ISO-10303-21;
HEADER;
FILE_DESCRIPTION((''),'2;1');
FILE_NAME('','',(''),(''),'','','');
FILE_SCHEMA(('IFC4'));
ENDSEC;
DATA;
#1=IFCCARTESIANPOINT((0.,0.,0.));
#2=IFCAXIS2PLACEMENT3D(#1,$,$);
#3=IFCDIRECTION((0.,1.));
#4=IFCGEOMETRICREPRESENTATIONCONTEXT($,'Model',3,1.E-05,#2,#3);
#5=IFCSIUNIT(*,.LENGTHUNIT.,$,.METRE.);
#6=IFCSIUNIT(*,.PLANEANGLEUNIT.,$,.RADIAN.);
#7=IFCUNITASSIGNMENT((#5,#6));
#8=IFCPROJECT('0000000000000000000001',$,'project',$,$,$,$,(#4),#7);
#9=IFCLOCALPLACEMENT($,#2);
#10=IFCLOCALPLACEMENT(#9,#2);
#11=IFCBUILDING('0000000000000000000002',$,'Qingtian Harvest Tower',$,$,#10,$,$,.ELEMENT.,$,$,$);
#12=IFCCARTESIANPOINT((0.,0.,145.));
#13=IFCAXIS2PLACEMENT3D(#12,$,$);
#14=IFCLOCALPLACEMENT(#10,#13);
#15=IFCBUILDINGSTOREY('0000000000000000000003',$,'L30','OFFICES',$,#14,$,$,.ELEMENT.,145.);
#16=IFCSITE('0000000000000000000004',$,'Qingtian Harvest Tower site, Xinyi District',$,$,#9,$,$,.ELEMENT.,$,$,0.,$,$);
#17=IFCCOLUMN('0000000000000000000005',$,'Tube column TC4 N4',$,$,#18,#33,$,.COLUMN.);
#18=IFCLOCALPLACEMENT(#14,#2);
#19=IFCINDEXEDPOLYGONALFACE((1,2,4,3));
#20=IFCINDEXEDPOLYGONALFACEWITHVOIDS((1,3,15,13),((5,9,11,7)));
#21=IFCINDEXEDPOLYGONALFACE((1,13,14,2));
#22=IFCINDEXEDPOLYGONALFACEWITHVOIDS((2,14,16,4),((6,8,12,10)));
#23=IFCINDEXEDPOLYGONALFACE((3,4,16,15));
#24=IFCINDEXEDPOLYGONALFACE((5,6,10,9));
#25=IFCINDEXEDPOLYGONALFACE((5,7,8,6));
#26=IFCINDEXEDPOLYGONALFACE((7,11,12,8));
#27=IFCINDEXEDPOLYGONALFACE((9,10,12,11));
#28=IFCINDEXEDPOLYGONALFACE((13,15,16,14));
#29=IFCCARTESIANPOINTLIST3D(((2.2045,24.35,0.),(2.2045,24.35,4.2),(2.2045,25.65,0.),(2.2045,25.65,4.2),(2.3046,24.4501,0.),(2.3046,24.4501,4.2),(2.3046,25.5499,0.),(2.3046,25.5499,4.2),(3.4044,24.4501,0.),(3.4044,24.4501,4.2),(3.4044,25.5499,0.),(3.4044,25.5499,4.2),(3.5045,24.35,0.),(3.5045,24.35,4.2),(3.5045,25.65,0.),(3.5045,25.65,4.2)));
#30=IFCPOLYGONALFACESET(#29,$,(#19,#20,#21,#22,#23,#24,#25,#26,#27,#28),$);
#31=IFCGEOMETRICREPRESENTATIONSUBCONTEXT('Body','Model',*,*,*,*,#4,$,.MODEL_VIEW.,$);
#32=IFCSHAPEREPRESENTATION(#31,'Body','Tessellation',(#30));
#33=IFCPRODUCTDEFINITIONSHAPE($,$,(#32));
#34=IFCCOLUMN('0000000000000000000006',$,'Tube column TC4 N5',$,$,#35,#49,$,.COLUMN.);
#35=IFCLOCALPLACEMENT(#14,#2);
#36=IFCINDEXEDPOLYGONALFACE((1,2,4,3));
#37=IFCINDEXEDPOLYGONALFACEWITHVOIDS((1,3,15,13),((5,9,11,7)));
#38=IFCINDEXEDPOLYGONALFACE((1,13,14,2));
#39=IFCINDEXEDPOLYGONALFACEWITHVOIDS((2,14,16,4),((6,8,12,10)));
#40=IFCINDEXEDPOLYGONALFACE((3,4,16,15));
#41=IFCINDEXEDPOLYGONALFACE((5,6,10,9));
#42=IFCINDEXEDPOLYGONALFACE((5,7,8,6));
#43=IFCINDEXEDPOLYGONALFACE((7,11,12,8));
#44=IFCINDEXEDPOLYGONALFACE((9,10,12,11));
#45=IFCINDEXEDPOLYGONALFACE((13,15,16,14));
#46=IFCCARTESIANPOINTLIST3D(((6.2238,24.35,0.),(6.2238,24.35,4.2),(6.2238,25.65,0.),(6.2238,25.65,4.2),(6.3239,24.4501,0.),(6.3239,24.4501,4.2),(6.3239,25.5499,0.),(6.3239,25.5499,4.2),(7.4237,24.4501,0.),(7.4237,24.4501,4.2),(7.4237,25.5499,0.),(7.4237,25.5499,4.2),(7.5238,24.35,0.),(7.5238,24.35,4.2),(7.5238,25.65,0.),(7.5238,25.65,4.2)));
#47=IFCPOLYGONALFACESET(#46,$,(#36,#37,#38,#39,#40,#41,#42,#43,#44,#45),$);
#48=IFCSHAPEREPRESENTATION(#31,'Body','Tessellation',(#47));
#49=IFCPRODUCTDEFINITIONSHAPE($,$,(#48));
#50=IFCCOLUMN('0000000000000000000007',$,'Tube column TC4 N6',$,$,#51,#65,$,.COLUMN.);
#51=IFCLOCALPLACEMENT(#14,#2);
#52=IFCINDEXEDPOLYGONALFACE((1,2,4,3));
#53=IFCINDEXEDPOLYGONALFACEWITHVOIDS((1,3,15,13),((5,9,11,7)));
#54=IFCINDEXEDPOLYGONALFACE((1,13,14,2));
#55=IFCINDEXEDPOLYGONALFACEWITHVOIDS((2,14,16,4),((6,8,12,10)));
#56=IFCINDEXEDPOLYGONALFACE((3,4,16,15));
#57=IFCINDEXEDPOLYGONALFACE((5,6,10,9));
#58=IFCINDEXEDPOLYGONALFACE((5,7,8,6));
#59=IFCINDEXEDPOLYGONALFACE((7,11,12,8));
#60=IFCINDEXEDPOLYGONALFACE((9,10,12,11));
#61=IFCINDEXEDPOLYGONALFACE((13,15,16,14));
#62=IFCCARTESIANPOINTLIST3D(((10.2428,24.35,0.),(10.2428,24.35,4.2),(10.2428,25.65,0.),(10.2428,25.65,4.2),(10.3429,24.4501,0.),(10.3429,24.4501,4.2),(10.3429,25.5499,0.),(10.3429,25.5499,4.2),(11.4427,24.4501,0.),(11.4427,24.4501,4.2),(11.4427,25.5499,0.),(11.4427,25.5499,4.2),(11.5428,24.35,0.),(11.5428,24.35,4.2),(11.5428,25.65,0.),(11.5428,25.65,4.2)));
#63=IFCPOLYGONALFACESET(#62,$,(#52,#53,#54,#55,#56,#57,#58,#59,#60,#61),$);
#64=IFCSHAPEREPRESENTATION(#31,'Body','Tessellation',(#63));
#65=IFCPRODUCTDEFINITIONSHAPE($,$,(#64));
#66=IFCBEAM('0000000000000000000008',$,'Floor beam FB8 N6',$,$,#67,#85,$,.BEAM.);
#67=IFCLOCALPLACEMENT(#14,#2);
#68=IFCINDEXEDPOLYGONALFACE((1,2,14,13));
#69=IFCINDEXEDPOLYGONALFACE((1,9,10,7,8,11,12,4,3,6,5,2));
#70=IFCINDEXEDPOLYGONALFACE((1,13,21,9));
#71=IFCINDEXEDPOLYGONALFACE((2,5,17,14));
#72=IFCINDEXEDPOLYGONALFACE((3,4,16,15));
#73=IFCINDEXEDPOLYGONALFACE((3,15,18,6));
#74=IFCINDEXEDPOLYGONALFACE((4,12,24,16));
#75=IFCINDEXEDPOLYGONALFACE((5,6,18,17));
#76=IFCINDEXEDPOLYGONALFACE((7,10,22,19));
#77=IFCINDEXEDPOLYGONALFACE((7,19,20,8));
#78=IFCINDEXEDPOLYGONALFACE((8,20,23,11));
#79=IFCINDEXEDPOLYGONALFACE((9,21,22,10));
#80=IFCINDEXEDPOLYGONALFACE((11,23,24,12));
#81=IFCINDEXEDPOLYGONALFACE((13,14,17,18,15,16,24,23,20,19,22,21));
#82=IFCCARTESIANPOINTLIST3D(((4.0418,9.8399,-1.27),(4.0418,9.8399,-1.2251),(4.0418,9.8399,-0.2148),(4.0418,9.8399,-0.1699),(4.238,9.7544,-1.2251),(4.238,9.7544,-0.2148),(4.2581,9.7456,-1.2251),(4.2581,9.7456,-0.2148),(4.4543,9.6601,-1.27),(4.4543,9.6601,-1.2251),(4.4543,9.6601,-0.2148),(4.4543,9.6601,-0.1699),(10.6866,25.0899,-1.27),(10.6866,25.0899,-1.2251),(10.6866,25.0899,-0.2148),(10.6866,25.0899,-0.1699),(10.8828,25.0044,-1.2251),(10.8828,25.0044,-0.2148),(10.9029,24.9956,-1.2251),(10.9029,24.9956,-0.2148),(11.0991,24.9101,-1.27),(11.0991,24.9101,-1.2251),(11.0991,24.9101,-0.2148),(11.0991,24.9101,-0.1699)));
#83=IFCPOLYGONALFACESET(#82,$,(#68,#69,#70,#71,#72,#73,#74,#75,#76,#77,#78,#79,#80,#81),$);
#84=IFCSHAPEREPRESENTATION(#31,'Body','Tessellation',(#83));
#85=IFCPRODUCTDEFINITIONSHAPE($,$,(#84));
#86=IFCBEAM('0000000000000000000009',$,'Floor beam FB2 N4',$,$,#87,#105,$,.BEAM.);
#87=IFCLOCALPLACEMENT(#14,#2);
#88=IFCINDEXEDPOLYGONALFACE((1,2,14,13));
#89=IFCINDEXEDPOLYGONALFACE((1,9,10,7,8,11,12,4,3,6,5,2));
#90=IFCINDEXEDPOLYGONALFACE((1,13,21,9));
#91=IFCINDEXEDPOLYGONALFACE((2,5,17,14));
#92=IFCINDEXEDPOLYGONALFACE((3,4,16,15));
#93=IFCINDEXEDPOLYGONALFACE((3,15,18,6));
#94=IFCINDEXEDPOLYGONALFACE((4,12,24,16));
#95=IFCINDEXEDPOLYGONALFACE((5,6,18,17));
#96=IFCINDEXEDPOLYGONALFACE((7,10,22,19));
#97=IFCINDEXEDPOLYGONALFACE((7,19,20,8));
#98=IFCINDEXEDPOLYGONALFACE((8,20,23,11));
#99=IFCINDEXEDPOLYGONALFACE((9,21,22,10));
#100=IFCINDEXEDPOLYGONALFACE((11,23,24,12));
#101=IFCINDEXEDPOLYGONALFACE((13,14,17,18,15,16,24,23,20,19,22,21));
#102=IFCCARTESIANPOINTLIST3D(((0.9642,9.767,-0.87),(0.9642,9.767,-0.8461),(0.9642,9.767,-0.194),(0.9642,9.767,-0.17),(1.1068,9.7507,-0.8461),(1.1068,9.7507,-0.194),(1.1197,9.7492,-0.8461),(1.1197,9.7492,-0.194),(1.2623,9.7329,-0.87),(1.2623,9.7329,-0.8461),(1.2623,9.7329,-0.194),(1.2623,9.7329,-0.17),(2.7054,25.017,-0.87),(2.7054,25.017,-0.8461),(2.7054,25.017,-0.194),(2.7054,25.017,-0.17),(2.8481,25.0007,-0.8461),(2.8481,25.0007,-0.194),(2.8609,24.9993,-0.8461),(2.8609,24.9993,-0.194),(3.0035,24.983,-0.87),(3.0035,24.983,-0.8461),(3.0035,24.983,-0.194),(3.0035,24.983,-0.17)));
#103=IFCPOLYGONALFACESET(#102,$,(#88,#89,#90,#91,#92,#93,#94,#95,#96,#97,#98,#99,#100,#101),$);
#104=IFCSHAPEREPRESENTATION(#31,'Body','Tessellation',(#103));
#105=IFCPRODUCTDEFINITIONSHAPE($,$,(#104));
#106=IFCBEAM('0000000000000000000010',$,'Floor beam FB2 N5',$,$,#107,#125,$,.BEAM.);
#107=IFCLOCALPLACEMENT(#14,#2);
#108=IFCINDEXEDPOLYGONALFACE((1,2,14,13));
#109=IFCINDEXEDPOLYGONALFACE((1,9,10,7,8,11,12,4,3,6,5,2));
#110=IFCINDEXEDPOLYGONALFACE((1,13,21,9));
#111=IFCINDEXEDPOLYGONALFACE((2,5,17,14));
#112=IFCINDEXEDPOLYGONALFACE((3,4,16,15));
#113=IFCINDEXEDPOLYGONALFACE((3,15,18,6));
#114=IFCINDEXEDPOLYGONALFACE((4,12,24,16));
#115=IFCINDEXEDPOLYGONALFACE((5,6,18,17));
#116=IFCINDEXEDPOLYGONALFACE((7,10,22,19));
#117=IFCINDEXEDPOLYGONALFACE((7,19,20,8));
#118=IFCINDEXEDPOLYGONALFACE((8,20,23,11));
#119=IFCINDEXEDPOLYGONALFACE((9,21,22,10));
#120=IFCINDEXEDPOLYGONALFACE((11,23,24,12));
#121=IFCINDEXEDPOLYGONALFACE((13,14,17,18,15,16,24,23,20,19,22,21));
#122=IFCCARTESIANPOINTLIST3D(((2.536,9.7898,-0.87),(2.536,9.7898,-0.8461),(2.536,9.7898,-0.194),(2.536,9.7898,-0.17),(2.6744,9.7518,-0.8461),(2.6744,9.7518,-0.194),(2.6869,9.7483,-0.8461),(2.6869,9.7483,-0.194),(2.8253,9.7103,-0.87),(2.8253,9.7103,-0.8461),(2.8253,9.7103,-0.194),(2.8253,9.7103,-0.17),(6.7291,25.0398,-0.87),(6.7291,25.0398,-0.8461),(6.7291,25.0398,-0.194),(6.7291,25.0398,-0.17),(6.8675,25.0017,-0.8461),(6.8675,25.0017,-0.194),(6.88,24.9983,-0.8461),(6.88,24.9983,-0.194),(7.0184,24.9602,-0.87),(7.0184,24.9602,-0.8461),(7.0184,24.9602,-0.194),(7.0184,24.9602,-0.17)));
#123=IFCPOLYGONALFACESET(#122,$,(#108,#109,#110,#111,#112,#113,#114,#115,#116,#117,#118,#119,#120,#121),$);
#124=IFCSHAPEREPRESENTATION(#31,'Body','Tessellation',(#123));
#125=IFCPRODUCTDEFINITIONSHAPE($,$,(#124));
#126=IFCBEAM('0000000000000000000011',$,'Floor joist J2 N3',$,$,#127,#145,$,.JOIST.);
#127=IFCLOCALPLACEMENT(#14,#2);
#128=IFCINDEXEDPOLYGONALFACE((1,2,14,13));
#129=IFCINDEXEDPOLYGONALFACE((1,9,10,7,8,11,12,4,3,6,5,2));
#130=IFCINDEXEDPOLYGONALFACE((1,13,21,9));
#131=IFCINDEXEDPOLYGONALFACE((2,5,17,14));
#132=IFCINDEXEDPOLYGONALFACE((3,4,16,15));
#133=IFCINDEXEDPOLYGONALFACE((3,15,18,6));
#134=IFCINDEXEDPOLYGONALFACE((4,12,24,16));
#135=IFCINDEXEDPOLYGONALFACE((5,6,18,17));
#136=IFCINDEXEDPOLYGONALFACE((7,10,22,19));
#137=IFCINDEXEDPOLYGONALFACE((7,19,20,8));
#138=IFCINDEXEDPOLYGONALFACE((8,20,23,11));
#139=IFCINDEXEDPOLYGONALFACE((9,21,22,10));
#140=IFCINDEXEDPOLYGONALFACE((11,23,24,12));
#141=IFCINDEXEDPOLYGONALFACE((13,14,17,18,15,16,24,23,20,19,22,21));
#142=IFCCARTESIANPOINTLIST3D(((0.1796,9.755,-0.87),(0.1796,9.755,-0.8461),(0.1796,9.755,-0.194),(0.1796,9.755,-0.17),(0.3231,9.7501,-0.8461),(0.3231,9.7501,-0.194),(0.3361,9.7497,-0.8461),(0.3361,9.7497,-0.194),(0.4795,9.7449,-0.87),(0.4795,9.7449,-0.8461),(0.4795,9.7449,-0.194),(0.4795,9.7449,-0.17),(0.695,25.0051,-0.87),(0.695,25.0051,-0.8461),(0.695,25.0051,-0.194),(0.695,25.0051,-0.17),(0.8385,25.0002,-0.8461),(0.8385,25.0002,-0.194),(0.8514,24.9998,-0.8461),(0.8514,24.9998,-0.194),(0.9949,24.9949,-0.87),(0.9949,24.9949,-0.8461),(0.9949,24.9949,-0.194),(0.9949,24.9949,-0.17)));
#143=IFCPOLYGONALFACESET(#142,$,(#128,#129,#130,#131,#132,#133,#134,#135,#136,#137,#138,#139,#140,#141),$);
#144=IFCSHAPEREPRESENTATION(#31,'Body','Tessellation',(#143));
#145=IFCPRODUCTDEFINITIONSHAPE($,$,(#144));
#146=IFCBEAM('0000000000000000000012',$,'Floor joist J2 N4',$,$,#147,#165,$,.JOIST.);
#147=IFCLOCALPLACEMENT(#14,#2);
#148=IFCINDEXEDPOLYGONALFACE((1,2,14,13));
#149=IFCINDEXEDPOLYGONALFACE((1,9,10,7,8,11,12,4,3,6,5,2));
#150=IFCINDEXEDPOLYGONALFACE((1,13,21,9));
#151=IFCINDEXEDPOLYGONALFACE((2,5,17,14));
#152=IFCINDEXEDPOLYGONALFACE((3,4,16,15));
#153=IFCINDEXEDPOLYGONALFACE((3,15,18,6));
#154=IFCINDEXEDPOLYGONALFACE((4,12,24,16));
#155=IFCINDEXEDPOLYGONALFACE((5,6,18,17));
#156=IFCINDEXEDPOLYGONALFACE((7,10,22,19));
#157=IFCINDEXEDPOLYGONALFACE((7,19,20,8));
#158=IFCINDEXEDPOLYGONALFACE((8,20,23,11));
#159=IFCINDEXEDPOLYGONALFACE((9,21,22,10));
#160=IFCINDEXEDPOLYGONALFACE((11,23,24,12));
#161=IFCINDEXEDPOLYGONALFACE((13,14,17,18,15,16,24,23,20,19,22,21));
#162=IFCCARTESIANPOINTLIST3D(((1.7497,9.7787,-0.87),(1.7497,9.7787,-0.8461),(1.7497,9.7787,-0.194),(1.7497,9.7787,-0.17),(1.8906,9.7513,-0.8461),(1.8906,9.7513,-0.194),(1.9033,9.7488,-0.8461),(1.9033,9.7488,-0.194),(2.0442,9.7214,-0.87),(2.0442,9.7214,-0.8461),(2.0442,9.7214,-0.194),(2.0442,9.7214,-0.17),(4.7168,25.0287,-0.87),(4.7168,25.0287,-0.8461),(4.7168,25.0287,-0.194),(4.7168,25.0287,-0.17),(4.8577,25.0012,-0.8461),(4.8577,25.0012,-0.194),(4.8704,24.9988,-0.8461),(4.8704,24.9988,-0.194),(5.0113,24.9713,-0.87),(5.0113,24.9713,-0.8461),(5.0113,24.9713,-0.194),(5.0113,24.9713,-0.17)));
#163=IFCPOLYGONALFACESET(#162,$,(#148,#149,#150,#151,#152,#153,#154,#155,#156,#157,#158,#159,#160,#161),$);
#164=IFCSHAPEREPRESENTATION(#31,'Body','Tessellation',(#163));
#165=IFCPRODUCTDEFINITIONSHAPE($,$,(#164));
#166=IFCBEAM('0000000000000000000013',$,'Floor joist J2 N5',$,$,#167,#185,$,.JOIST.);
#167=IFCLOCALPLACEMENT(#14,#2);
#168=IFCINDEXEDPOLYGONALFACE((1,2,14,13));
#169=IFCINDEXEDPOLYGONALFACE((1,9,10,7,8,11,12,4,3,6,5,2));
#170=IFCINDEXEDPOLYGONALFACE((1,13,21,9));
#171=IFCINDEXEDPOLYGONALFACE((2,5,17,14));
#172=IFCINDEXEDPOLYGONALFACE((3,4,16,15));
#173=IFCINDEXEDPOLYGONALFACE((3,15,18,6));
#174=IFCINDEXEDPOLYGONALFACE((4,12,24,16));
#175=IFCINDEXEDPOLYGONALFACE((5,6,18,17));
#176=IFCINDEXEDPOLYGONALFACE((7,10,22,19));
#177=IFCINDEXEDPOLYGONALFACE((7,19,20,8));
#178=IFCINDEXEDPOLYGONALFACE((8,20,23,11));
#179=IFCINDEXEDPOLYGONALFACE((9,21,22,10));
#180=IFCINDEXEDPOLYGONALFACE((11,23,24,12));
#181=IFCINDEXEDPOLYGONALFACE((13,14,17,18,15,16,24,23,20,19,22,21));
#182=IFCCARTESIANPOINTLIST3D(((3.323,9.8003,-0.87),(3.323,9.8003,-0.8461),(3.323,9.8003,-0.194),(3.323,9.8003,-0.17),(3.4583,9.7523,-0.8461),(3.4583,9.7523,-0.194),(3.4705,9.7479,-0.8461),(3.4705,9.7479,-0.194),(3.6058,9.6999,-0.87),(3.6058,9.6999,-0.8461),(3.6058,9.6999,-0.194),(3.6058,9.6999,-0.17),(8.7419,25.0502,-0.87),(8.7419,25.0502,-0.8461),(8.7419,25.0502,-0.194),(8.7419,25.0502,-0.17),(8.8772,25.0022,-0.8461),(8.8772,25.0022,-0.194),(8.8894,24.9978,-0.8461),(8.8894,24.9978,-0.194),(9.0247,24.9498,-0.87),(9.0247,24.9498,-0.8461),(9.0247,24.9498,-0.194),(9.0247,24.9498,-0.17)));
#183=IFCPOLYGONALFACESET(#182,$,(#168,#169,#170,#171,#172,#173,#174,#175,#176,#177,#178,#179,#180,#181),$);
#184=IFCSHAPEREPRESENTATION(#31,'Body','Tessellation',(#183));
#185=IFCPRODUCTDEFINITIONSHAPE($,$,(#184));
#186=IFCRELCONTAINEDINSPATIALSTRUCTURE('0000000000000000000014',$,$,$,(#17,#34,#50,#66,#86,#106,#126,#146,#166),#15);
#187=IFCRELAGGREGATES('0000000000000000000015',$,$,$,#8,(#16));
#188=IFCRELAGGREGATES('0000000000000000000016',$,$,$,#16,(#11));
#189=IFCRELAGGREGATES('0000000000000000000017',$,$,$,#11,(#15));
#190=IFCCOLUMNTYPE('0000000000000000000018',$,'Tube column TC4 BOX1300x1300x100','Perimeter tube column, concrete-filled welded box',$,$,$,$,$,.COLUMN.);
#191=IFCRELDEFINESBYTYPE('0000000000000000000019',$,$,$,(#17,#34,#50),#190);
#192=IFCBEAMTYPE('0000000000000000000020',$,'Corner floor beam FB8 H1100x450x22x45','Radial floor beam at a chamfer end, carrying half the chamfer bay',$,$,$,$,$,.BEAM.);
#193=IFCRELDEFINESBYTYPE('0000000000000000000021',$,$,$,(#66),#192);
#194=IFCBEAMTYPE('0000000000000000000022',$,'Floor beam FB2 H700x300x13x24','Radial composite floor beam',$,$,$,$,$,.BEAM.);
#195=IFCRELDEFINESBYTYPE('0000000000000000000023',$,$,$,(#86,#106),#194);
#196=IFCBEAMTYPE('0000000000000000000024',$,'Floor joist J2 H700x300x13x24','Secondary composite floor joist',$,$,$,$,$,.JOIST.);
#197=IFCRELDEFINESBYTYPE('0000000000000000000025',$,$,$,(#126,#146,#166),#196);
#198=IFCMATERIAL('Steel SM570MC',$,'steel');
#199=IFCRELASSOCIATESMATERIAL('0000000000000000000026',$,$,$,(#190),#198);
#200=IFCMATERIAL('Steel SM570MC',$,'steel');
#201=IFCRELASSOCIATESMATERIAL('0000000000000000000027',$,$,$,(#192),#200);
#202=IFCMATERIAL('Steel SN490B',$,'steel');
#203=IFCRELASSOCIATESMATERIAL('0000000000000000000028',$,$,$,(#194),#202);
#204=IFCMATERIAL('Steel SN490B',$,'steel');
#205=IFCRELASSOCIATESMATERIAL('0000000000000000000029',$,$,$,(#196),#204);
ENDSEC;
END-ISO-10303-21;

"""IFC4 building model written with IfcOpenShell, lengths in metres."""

from ifc_helpers import new_model, si_unit, direction, frame, origin, origin_2d, place, context, subcontext, project, spatial, hollow_rectangle, i_section, extrude, material, material_profile, profile_set, type_object, element, save


model = new_model("IFC4")

# Units and contexts
model_context = context("Model", 3, precision=1e-05, world=origin(), true_north=direction((0.0, 1.0)))
body_context = subcontext(model_context, "Body", "Model", "MODEL_VIEW")
ifc_project = project(units=[si_unit("LENGTHUNIT", "METRE"), si_unit("PLANEANGLEUNIT", "RADIAN")], contexts=[model_context])

# Site, building, storey
site_placement = place(None, origin())
site = spatial("IfcSite", under=ifc_project, at=site_placement, Name="Qingtian Harvest Tower site, Xinyi District", CompositionType="ELEMENT", RefElevation=0.0)
building_placement = place(site_placement, origin())
building = spatial("IfcBuilding", under=site, at=building_placement, Name="Qingtian Harvest Tower", CompositionType="ELEMENT")
storey_placement = place(building_placement, frame((0.0, 0.0, 145.0)))
storey = spatial("IfcBuildingStorey", under=building, at=storey_placement, Name="L30", Description="OFFICES", CompositionType="ELEMENT", Elevation=145.0)

# Columns
ifc_material_1 = material(Name="Steel SM570MC", Category="steel")
ifc_material_profile_1 = material_profile(ifc_material_1, hollow_rectangle(XDim=1.3, YDim=1.3, WallThickness=0.1001, at=origin_2d()), Name="BOX1300x1300x100")
ifc_profile_set_1 = profile_set([ifc_material_profile_1], Name="Steel SM570MC")
column_type = type_object("IfcColumnType", Name="Tube column TC4 BOX1300x1300x100", Description="Perimeter tube column, concrete-filled welded box", PredefinedType="COLUMN", material=ifc_profile_set_1)
for number, where, z_axis, x_axis, name in (
    (1, (2.8545, 25.0, 0.0), (0.0, 0.0, 1.0), (-1.0, 0.0, 0.0), "Tube column TC4 N4"),
    (2, (6.8738, 25.0, 0.0), (0.0, 0.0, 1.0), (-1.0, 0.0, 0.0), "Tube column TC4 N5"),
    (3, (10.8928, 25.0, 0.0), (0.0, 0.0, 1.0), (-1.0, 0.0, 0.0), "Tube column TC4 N6"),
):
    element("IfcColumn", number, at=place(storey_placement, frame(where, z_axis=z_axis, x_axis=x_axis)), inside=storey, type_object=column_type, Name=name, PredefinedType="COLUMN", context=body_context, shape_type="SweptSolid", body=[
        extrude(hollow_rectangle(XDim=1.3, YDim=1.3, WallThickness=0.1001, at=origin_2d()), origin(), (0.0, 0.0, 1.0), 4.2),
    ])

# Beams
ifc_material_2 = material(Name="Steel SM570MC", Category="steel")
ifc_material_profile_2 = material_profile(ifc_material_2, i_section(OverallWidth=0.45, OverallDepth=1.1001, WebThickness=0.022, FlangeThickness=0.0449, at=origin_2d()), Name="H1100x450x22x45")
ifc_profile_set_2 = profile_set([ifc_material_profile_2], Name="Steel SM570MC")
beam_type_1 = type_object("IfcBeamType", Name="Corner floor beam FB8 H1100x450x22x45", Description="Radial floor beam at a chamfer end, carrying half the chamfer bay", PredefinedType="BEAM", material=ifc_profile_set_2)
beam_1_placement = place(storey_placement, frame((10.8928, 25.0, -0.72), z_axis=(-0.399451, -0.916755, 0.0), x_axis=(0.916755, -0.399451, 0.0)))
element("IfcBeam", 4, at=beam_1_placement, inside=storey, type_object=beam_type_1, Name="Floor beam FB8 N6", PredefinedType="BEAM", context=body_context, shape_type="SweptSolid", body=[
    extrude(i_section(OverallWidth=0.45, OverallDepth=1.1001, WebThickness=0.022, FlangeThickness=0.0449, at=origin_2d()), origin(), (0.0, 0.0, 1.0), 16.6348),
])
ifc_material_3 = material(Name="Steel SN490B", Category="steel")
ifc_material_profile_3 = material_profile(ifc_material_3, i_section(OverallWidth=0.3, OverallDepth=0.7, WebThickness=0.0129, FlangeThickness=0.0239, at=origin_2d()), Name="H700x300x13x24")
ifc_profile_set_3 = profile_set([ifc_material_profile_3], Name="Steel SN490B")
beam_type_2 = type_object("IfcBeamType", Name="Floor beam FB2 H700x300x13x24", Description="Radial composite floor beam", PredefinedType="BEAM", material=ifc_profile_set_3)
beam_2_placement = place(storey_placement, frame((2.8545, 25.0, -0.52), z_axis=(-0.113441, -0.993545, 0.0), x_axis=(0.993545, -0.113441, 0.0)))
element("IfcBeam", 5, at=beam_2_placement, inside=storey, type_object=beam_type_2, Name="Floor beam FB2 N4", PredefinedType="BEAM", context=body_context, shape_type="SweptSolid", body=[
    extrude(i_section(OverallWidth=0.3, OverallDepth=0.7, WebThickness=0.0129, FlangeThickness=0.0239, at=origin_2d()), origin(), (0.0, 0.0, 1.0), 15.3491),
])
beam_3_placement = place(storey_placement, frame((6.8738, 25.0, -0.52), z_axis=(-0.265119, -0.964216, 0.0), x_axis=(0.964216, -0.265119, 0.0)))
element("IfcBeam", 6, at=beam_3_placement, inside=storey, type_object=beam_type_2, Name="Floor beam FB2 N5", PredefinedType="BEAM", context=body_context, shape_type="SweptSolid", body=[
    extrude(i_section(OverallWidth=0.3, OverallDepth=0.7, WebThickness=0.0129, FlangeThickness=0.0239, at=origin_2d()), origin(), (0.0, 0.0, 1.0), 15.8159),
])
ifc_material_4 = material(Name="Steel SN490B", Category="steel")
ifc_material_profile_4 = material_profile(ifc_material_4, i_section(OverallWidth=0.3, OverallDepth=0.7, WebThickness=0.0129, FlangeThickness=0.0239, at=origin_2d()), Name="H700x300x13x24")
ifc_profile_set_4 = profile_set([ifc_material_profile_4], Name="Steel SN490B")
beam_type_3 = type_object("IfcBeamType", Name="Floor joist J2 H700x300x13x24", Description="Secondary composite floor joist", PredefinedType="JOIST", material=ifc_profile_set_4)
beam_4_placement = place(storey_placement, frame((0.845, 25.0, -0.52), z_axis=(-0.033776, -0.999429, 0.0), x_axis=(0.999429, -0.033776, 0.0)))
element("IfcBeam", 7, at=beam_4_placement, inside=storey, type_object=beam_type_3, Name="Floor joist J2 N3", PredefinedType="JOIST", context=body_context, shape_type="SweptSolid", body=[
    extrude(i_section(OverallWidth=0.3, OverallDepth=0.7, WebThickness=0.0129, FlangeThickness=0.0239, at=origin_2d()), origin(), (0.0, 0.0, 1.0), 15.2588),
])
beam_5_placement = place(storey_placement, frame((4.864, 25.0, -0.52), z_axis=(-0.190979, -0.981594, 0.0), x_axis=(0.981594, -0.190979, 0.0)))
element("IfcBeam", 8, at=beam_5_placement, inside=storey, type_object=beam_type_3, Name="Floor joist J2 N4", PredefinedType="JOIST", context=body_context, shape_type="SweptSolid", body=[
    extrude(i_section(OverallWidth=0.3, OverallDepth=0.7, WebThickness=0.0129, FlangeThickness=0.0239, at=origin_2d()), origin(), (0.0, 0.0, 1.0), 15.5359),
])
beam_6_placement = place(storey_placement, frame((8.8833, 25.0, -0.52), z_axis=(-0.33483, -0.942279, 0.0), x_axis=(0.942279, -0.33483, 0.0)))
element("IfcBeam", 9, at=beam_6_placement, inside=storey, type_object=beam_type_3, Name="Floor joist J2 N5", PredefinedType="JOIST", context=body_context, shape_type="SweptSolid", body=[
    extrude(i_section(OverallWidth=0.3, OverallDepth=0.7, WebThickness=0.0129, FlangeThickness=0.0239, at=origin_2d()), origin(), (0.0, 0.0, 1.0), 16.1841),
])

save(model, "model.ifc")
